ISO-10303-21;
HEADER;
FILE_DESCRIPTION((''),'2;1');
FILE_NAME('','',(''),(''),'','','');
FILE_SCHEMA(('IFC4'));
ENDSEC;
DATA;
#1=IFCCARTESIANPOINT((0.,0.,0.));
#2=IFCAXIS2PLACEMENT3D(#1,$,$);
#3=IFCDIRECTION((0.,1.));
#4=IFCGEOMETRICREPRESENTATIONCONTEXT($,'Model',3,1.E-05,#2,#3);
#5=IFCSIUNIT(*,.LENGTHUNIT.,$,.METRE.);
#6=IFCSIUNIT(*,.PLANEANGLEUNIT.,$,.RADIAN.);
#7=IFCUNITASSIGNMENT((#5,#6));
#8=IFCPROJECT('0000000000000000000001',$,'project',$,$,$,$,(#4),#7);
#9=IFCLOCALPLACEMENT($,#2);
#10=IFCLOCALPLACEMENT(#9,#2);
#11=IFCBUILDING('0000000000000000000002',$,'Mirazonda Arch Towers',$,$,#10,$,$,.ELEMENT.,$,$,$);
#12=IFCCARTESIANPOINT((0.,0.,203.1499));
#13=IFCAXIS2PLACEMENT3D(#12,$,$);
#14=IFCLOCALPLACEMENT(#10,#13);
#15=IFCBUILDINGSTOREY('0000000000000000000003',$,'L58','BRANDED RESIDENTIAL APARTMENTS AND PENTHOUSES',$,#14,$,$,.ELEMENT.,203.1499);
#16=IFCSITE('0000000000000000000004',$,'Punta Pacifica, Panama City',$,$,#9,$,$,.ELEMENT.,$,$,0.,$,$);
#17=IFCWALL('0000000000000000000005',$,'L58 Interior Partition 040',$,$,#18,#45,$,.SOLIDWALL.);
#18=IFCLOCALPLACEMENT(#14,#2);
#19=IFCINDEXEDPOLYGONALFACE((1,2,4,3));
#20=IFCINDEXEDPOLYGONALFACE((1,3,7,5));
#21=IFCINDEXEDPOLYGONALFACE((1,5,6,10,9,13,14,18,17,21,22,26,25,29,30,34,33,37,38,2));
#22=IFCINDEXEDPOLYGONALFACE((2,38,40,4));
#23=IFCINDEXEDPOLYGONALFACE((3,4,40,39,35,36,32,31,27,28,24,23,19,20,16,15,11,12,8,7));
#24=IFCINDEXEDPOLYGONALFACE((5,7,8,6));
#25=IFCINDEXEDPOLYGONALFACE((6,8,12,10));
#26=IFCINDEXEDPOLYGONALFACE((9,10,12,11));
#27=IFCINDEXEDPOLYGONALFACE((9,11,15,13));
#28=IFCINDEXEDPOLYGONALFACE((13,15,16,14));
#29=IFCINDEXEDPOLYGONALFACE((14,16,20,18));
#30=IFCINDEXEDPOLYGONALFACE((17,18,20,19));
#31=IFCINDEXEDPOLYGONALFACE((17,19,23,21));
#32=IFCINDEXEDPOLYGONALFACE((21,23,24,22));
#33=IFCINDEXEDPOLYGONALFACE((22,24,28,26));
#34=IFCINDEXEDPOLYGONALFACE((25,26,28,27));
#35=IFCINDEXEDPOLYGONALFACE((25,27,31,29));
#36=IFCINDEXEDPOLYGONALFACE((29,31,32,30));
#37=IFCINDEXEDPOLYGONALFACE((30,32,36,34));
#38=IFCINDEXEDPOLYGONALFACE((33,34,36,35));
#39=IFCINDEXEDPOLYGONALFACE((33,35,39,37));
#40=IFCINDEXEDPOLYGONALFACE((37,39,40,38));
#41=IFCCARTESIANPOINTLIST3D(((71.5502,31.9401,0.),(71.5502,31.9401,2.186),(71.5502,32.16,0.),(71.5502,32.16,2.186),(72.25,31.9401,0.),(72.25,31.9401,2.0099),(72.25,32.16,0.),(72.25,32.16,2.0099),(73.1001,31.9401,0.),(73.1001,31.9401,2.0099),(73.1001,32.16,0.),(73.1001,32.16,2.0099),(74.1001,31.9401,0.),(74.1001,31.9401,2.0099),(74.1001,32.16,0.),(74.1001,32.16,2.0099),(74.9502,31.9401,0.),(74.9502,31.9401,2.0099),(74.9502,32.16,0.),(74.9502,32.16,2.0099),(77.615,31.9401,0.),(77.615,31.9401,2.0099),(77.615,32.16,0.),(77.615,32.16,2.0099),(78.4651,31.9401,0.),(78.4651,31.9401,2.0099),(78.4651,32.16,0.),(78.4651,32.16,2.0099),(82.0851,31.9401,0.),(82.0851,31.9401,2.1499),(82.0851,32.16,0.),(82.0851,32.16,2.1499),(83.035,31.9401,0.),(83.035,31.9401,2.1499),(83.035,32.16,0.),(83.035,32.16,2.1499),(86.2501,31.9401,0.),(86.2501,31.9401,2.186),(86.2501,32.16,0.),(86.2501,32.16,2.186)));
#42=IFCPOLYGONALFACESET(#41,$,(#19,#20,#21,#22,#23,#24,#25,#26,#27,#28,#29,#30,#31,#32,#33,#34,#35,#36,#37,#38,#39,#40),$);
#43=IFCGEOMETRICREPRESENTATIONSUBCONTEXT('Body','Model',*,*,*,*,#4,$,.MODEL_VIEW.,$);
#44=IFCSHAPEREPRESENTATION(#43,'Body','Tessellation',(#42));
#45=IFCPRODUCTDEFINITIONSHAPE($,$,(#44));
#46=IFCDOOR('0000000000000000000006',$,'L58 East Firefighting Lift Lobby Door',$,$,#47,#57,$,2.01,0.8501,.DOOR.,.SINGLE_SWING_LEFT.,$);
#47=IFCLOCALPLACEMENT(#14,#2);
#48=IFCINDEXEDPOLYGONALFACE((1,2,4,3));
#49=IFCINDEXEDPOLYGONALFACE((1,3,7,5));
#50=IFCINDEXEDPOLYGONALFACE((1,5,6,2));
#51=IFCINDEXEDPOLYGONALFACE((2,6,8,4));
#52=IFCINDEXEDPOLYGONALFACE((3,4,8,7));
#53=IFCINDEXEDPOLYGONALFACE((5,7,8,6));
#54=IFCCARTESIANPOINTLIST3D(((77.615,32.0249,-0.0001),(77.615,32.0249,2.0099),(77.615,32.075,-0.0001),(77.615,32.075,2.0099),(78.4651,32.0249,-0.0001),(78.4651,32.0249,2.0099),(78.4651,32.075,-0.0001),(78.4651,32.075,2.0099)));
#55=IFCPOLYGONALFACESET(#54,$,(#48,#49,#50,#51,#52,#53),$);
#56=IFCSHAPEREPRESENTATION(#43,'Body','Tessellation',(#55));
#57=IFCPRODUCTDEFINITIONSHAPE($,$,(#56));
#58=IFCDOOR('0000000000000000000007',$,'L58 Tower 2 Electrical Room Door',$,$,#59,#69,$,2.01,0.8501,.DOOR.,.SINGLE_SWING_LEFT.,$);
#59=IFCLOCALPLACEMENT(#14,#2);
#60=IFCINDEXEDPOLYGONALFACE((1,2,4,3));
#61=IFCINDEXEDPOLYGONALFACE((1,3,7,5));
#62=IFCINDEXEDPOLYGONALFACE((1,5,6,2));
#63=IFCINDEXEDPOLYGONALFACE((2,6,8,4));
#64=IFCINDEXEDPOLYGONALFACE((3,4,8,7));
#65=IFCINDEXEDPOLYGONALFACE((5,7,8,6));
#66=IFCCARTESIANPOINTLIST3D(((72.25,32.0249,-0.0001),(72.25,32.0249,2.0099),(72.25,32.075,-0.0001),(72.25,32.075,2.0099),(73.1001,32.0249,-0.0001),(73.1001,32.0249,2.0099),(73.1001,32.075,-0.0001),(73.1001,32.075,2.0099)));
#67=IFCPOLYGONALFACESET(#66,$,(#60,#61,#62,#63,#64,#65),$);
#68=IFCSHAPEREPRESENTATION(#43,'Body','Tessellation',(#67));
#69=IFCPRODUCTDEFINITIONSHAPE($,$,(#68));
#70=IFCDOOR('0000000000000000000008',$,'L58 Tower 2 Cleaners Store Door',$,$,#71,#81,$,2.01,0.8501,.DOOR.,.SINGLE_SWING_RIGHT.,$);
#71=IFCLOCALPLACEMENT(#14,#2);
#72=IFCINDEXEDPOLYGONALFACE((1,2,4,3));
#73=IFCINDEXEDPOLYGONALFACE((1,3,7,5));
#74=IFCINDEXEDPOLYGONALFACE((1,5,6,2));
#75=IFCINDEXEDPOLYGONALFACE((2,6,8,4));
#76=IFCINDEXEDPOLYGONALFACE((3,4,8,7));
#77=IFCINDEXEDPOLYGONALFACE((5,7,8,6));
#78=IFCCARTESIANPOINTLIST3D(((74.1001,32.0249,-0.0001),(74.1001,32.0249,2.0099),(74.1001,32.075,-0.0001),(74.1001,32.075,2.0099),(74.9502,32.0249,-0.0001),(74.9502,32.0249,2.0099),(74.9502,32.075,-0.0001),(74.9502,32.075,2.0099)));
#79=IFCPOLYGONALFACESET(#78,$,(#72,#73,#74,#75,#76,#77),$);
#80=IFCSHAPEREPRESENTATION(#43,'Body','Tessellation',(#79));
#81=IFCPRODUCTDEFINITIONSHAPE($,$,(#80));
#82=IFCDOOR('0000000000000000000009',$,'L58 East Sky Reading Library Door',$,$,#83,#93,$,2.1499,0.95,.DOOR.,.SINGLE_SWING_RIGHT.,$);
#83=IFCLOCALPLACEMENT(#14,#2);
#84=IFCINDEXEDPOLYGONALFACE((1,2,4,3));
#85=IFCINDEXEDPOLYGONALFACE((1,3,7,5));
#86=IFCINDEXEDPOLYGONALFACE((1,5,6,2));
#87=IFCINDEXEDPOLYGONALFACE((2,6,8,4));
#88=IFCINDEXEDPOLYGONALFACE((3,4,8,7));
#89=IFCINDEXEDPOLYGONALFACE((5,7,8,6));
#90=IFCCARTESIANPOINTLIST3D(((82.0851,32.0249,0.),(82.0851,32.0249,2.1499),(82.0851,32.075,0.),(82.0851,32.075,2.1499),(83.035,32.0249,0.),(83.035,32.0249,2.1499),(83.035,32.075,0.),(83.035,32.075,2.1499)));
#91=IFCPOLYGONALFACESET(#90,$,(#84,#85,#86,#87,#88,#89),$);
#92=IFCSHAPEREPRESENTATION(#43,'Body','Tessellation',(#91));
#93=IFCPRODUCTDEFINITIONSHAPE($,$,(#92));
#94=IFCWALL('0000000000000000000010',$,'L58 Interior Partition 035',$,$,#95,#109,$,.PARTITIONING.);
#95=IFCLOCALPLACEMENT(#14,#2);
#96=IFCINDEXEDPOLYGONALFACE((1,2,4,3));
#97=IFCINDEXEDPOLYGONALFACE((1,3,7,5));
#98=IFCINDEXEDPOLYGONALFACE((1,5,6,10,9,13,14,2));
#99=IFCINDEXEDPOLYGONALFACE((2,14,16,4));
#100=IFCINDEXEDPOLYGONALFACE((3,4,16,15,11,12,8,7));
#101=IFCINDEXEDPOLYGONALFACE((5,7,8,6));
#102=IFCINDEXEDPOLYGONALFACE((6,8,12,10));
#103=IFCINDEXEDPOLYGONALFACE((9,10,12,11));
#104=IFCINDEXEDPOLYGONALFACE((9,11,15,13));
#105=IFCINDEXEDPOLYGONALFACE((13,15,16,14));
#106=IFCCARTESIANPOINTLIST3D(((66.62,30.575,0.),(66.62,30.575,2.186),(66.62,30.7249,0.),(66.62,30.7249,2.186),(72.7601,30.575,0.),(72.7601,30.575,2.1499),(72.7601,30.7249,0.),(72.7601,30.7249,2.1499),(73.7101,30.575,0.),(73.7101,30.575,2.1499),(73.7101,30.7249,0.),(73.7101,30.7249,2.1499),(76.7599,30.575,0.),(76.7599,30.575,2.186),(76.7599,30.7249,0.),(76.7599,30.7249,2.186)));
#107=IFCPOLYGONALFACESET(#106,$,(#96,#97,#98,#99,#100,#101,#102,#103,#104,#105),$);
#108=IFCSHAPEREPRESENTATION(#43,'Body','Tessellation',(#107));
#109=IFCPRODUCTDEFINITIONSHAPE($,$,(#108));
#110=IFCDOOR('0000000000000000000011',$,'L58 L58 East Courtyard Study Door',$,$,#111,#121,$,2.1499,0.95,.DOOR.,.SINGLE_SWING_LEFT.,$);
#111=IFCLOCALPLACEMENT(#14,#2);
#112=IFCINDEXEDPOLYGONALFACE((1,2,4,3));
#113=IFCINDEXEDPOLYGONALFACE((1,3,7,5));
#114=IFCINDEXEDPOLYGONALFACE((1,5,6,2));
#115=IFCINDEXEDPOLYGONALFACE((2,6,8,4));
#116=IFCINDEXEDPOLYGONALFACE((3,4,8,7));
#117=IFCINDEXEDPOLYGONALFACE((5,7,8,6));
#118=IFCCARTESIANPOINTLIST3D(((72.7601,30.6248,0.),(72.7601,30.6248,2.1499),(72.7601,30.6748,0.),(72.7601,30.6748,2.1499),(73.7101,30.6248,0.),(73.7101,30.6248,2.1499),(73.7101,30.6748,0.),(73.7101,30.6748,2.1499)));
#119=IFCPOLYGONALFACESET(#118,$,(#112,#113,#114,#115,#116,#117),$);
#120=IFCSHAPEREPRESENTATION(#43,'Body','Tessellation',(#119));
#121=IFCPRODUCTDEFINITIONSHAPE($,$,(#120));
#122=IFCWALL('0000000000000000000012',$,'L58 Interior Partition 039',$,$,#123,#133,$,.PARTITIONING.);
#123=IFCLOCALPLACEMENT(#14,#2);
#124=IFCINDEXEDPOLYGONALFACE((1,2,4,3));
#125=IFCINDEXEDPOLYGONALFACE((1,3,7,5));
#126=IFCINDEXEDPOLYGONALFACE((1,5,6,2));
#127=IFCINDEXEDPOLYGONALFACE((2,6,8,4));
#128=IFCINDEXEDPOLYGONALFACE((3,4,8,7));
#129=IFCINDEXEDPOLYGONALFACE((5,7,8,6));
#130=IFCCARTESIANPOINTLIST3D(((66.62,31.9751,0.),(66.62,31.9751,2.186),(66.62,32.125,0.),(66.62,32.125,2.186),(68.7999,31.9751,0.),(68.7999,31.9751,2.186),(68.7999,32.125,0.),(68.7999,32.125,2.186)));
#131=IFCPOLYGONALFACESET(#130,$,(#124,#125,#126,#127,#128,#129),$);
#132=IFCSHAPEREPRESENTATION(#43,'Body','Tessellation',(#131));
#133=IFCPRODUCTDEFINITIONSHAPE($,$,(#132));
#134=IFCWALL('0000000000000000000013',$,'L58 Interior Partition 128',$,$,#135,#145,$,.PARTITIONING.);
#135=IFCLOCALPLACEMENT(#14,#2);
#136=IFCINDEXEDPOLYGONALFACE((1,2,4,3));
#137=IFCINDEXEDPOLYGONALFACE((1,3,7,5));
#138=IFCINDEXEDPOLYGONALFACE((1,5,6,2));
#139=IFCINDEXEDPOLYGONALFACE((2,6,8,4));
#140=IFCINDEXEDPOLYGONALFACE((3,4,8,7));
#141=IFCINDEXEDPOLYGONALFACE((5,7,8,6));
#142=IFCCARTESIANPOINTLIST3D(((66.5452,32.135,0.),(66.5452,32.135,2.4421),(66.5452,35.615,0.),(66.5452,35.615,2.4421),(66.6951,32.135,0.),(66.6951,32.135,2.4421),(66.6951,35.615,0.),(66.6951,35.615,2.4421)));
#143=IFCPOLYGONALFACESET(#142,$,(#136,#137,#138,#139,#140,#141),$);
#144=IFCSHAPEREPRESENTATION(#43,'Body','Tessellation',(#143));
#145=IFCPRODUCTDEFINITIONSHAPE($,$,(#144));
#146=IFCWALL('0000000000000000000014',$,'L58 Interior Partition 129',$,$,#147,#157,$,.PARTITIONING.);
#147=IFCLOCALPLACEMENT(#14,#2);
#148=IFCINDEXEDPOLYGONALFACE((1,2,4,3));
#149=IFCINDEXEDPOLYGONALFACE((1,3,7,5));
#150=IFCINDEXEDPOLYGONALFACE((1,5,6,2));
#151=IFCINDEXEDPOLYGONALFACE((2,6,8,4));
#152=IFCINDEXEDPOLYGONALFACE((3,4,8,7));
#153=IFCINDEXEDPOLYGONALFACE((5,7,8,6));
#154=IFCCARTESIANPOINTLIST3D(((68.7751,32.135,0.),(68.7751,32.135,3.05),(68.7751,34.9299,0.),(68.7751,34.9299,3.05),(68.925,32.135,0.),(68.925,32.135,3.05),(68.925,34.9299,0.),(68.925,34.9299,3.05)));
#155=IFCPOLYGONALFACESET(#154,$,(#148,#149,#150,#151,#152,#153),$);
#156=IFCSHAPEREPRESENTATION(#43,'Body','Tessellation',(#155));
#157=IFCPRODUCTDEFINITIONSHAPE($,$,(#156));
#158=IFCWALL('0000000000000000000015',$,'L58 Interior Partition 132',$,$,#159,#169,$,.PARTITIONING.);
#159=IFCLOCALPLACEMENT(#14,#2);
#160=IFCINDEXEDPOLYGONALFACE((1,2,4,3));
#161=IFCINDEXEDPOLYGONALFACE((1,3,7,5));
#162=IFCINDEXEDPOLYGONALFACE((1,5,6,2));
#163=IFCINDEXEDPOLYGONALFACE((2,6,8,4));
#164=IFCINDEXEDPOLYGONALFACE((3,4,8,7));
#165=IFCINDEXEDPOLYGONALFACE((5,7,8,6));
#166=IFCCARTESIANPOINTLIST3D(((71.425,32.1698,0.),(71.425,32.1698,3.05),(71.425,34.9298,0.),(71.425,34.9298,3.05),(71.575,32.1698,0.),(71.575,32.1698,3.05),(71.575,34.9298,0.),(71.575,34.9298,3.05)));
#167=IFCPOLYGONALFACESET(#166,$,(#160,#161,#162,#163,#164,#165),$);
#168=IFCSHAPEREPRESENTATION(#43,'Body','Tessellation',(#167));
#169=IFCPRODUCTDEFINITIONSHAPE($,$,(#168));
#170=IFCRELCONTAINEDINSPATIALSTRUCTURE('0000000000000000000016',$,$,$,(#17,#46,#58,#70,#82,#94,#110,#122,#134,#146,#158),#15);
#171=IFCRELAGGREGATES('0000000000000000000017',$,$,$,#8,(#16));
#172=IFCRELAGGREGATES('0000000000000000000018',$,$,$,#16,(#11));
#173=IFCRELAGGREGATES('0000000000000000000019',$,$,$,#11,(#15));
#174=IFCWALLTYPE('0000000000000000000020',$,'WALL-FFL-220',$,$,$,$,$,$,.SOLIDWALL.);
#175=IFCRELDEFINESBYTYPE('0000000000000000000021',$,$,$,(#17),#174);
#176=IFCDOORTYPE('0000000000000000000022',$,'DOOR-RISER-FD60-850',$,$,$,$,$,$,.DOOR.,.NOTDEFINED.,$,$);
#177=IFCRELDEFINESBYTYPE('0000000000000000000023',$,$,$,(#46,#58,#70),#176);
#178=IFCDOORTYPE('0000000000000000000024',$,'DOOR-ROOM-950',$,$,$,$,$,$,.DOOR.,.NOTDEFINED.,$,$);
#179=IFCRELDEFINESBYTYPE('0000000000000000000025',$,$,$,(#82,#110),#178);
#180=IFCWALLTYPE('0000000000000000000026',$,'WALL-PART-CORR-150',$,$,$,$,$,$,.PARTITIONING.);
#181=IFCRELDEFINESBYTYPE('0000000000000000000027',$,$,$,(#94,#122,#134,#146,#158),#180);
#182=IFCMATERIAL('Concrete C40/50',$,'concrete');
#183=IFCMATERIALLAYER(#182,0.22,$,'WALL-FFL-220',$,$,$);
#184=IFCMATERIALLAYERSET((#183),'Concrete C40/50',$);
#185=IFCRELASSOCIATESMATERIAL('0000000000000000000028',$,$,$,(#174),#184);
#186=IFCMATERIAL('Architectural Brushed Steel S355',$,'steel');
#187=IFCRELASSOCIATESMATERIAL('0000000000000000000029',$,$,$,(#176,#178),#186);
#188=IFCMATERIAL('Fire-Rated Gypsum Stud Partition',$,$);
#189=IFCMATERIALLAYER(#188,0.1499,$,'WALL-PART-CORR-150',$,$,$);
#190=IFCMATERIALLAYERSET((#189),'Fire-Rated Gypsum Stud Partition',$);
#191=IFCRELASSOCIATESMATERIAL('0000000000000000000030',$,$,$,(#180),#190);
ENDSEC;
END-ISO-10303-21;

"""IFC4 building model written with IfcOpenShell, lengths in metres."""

from ifc_helpers import new_model, si_unit, direction, frame, frame_2d, origin, place, context, subcontext, project, spatial, rectangle, extrude, material, layer, layer_set, type_object, element, fill, save


model = new_model("IFC4")

# Units and contexts
model_context = context("Model", 3, precision=1e-05, world=origin(), true_north=direction((0.0, 1.0)))
body_context = subcontext(model_context, "Body", "Model", "MODEL_VIEW")
ifc_project = project(units=[si_unit("LENGTHUNIT", "METRE"), si_unit("PLANEANGLEUNIT", "RADIAN")], contexts=[model_context])

# Site, building, storey
site_placement = place(None, origin())
site = spatial("IfcSite", under=ifc_project, at=site_placement, Name="Punta Pacifica, Panama City", CompositionType="ELEMENT", RefElevation=0.0)
building_placement = place(site_placement, origin())
building = spatial("IfcBuilding", under=site, at=building_placement, Name="Mirazonda Arch Towers", CompositionType="ELEMENT")
storey_placement = place(building_placement, frame((0.0, 0.0, 203.1499)))
storey = spatial("IfcBuildingStorey", under=building, at=storey_placement, Name="L58", Description="BRANDED RESIDENTIAL APARTMENTS AND PENTHOUSES", CompositionType="ELEMENT", Elevation=203.1499)

# Wall, openings, doors
ifc_material_1 = material(Name="Architectural Brushed Steel S355", Category="steel")
ifc_material_2 = material(Name="Concrete C40/50", Category="concrete")
ifc_layer_1 = layer(ifc_material_2, 0.22, Name="WALL-FFL-220")
ifc_layer_set_1 = layer_set([ifc_layer_1], Name="Concrete C40/50")
wall_type_1 = type_object("IfcWallType", Name="WALL-FFL-220", PredefinedType="SOLIDWALL", material=ifc_layer_set_1)
wall_1_placement = place(storey_placement, frame((71.55, 32.05, 0.0), z_axis=(0.0, 0.0, 1.0), x_axis=(1.0, 0.0, 0.0)))
wall_1 = element("IfcWall", 1, at=wall_1_placement, inside=storey, type_object=wall_type_1, Name="L58 Interior Partition 040", PredefinedType="SOLIDWALL", context=body_context, shape_type="SweptSolid", body=[
    extrude(rectangle(XDim=14.7, YDim=0.22, at=frame_2d((7.3501, 0.0))), origin(), (0.0, 0.0, 1.0), 2.186),
])
opening_1_placement = place(wall_1_placement, frame((6.0649, 0.0, 0.0)))
opening_1 = element("IfcOpeningElement", 2, at=opening_1_placement, cuts=wall_1, PredefinedType="OPENING", context=body_context, shape_type="SweptSolid", body=[
    extrude(rectangle(XDim=0.8501, YDim=2.01, at=frame_2d((0.425, 1.0049))), frame((0.0, 0.1199, 0.0), z_axis=(0.0, -1.0, 0.0), x_axis=(1.0, 0.0, 0.0)), (0.0, 0.0, 1.0), 0.24),
])
opening_2_placement = place(wall_1_placement, frame((10.5349, 0.0, 0.0)))
opening_2 = element("IfcOpeningElement", 3, at=opening_2_placement, cuts=wall_1, PredefinedType="OPENING", context=body_context, shape_type="SweptSolid", body=[
    extrude(rectangle(XDim=0.95, YDim=2.1499, at=frame_2d((0.4751, 1.075))), frame((0.0, 0.1199, 0.0), z_axis=(0.0, -1.0, 0.0), x_axis=(1.0, 0.0, 0.0)), (0.0, 0.0, 1.0), 0.24),
])
opening_3_placement = place(wall_1_placement, frame((0.7, 0.0, 0.0)))
opening_3 = element("IfcOpeningElement", 4, at=opening_3_placement, cuts=wall_1, PredefinedType="OPENING", context=body_context, shape_type="SweptSolid", body=[
    extrude(rectangle(XDim=0.8501, YDim=2.01, at=frame_2d((0.425, 1.0049))), frame((0.0, 0.1199, 0.0), z_axis=(0.0, -1.0, 0.0), x_axis=(1.0, 0.0, 0.0)), (0.0, 0.0, 1.0), 0.24),
])
opening_4_placement = place(wall_1_placement, frame((2.55, 0.0, 0.0)))
opening_4 = element("IfcOpeningElement", 5, at=opening_4_placement, cuts=wall_1, PredefinedType="OPENING", context=body_context, shape_type="SweptSolid", body=[
    extrude(rectangle(XDim=0.8501, YDim=2.01, at=frame_2d((0.425, 1.0049))), frame((0.0, 0.1199, 0.0), z_axis=(0.0, -1.0, 0.0), x_axis=(1.0, 0.0, 0.0)), (0.0, 0.0, 1.0), 0.24),
])
door_type_1 = type_object("IfcDoorType", Name="DOOR-RISER-FD60-850", OperationType="NOTDEFINED", PredefinedType="DOOR", material=ifc_material_1)
door_1_placement = place(opening_1_placement, origin())
door_1 = element("IfcDoor", 6, at=door_1_placement, inside=storey, type_object=door_type_1, Name="L58 East Firefighting Lift Lobby Door", OperationType="SINGLE_SWING_LEFT", OverallHeight=2.01, OverallWidth=0.8501, PredefinedType="DOOR", context=body_context, shape_type="SweptSolid", body=[
    extrude(rectangle(XDim=0.8501, YDim=2.01, at=frame_2d((0.425, 1.0049))), frame((0.0, 0.0249, 0.0), z_axis=(0.0, -1.0, 0.0), x_axis=(1.0, 0.0, 0.0)), (0.0, 0.0, 1.0), 0.05),
])
fill(opening_1, door_1)
door_2_placement = place(opening_3_placement, origin())
door_2 = element("IfcDoor", 7, at=door_2_placement, inside=storey, type_object=door_type_1, Name="L58 Tower 2 Electrical Room Door", OperationType="SINGLE_SWING_LEFT", OverallHeight=2.01, OverallWidth=0.8501, PredefinedType="DOOR", context=body_context, shape_type="SweptSolid", body=[
    extrude(rectangle(XDim=0.8501, YDim=2.01, at=frame_2d((0.425, 1.0049))), frame((0.0, 0.0249, 0.0), z_axis=(0.0, -1.0, 0.0), x_axis=(1.0, 0.0, 0.0)), (0.0, 0.0, 1.0), 0.05),
])
fill(opening_3, door_2)
door_3_placement = place(opening_4_placement, origin())
door_3 = element("IfcDoor", 8, at=door_3_placement, inside=storey, type_object=door_type_1, Name="L58 Tower 2 Cleaners Store Door", OperationType="SINGLE_SWING_RIGHT", OverallHeight=2.01, OverallWidth=0.8501, PredefinedType="DOOR", context=body_context, shape_type="SweptSolid", body=[
    extrude(rectangle(XDim=0.8501, YDim=2.01, at=frame_2d((0.425, 1.0049))), frame((0.0, 0.0249, 0.0), z_axis=(0.0, -1.0, 0.0), x_axis=(1.0, 0.0, 0.0)), (0.0, 0.0, 1.0), 0.05),
])
fill(opening_4, door_3)
door_type_2 = type_object("IfcDoorType", Name="DOOR-ROOM-950", OperationType="NOTDEFINED", PredefinedType="DOOR", material=ifc_material_1)
door_4_placement = place(opening_2_placement, origin())
door_4 = element("IfcDoor", 9, at=door_4_placement, inside=storey, type_object=door_type_2, Name="L58 East Sky Reading Library Door", OperationType="SINGLE_SWING_RIGHT", OverallHeight=2.1499, OverallWidth=0.95, PredefinedType="DOOR", context=body_context, shape_type="SweptSolid", body=[
    extrude(rectangle(XDim=0.95, YDim=2.1499, at=frame_2d((0.4751, 1.075))), frame((0.0, 0.0249, 0.0), z_axis=(0.0, -1.0, 0.0), x_axis=(1.0, 0.0, 0.0)), (0.0, 0.0, 1.0), 0.05),
])
fill(opening_2, door_4)

# Wall, opening, door
ifc_material_3 = material(Name="Fire-Rated Gypsum Stud Partition")
ifc_layer_2 = layer(ifc_material_3, 0.1499, Name="WALL-PART-CORR-150")
ifc_layer_set_2 = layer_set([ifc_layer_2], Name="Fire-Rated Gypsum Stud Partition")
wall_type_2 = type_object("IfcWallType", Name="WALL-PART-CORR-150", PredefinedType="PARTITIONING", material=ifc_layer_set_2)
wall_2_placement = place(storey_placement, frame((66.6201, 30.6499, 0.0), z_axis=(0.0, 0.0, 1.0), x_axis=(1.0, 0.0, 0.0)))
wall_2 = element("IfcWall", 10, at=wall_2_placement, inside=storey, type_object=wall_type_2, Name="L58 Interior Partition 035", PredefinedType="PARTITIONING", context=body_context, shape_type="SweptSolid", body=[
    extrude(rectangle(XDim=10.1399, YDim=0.1499, at=frame_2d((5.0698, 0.0))), origin(), (0.0, 0.0, 1.0), 2.186),
])
opening_5_placement = place(wall_2_placement, frame((6.1399, 0.0, 0.0)))
opening_5 = element("IfcOpeningElement", 11, at=opening_5_placement, cuts=wall_2, PredefinedType="OPENING", context=body_context, shape_type="SweptSolid", body=[
    extrude(rectangle(XDim=0.95, YDim=2.1499, at=frame_2d((0.4751, 1.075))), frame((0.0, 0.085, 0.0), z_axis=(0.0, -1.0, 0.0), x_axis=(1.0, 0.0, 0.0)), (0.0, 0.0, 1.0), 0.1699),
])
door_5_placement = place(opening_5_placement, origin())
door_5 = element("IfcDoor", 12, at=door_5_placement, inside=storey, type_object=door_type_2, Name="L58 L58 East Courtyard Study Door", OperationType="SINGLE_SWING_LEFT", OverallHeight=2.1499, OverallWidth=0.95, PredefinedType="DOOR", context=body_context, shape_type="SweptSolid", body=[
    extrude(rectangle(XDim=0.95, YDim=2.1499, at=frame_2d((0.4751, 1.075))), frame((0.0, 0.0249, 0.0), z_axis=(0.0, -1.0, 0.0), x_axis=(1.0, 0.0, 0.0)), (0.0, 0.0, 1.0), 0.05),
])
fill(opening_5, door_5)

# Walls
wall_3_placement = place(storey_placement, frame((66.6201, 32.05, 0.0), z_axis=(0.0, 0.0, 1.0), x_axis=(1.0, 0.0, 0.0)))
element("IfcWall", 13, at=wall_3_placement, inside=storey, type_object=wall_type_2, Name="L58 Interior Partition 039", PredefinedType="PARTITIONING", context=body_context, shape_type="SweptSolid", body=[
    extrude(rectangle(XDim=2.1799, YDim=0.1499, at=frame_2d((1.0898, 0.0))), origin(), (0.0, 0.0, 1.0), 2.186),
])
wall_4_placement = place(storey_placement, frame((66.6201, 32.135, 0.0), z_axis=(0.0, 0.0, 1.0), x_axis=(0.0, 1.0, 0.0)))
element("IfcWall", 14, at=wall_4_placement, inside=storey, type_object=wall_type_2, Name="L58 Interior Partition 128", PredefinedType="PARTITIONING", context=body_context, shape_type="SweptSolid", body=[
    extrude(rectangle(XDim=3.48, YDim=0.1499, at=frame_2d((1.74, 0.0))), origin(), (0.0, 0.0, 1.0), 2.4421),
])
wall_5_placement = place(storey_placement, frame((68.8501, 32.135, 0.0), z_axis=(0.0, 0.0, 1.0), x_axis=(0.0, 1.0, 0.0)))
element("IfcWall", 15, at=wall_5_placement, inside=storey, type_object=wall_type_2, Name="L58 Interior Partition 129", PredefinedType="PARTITIONING", context=body_context, shape_type="SweptSolid", body=[
    extrude(rectangle(XDim=2.7949, YDim=0.1499, at=frame_2d((1.3975, 0.0))), origin(), (0.0, 0.0, 1.0), 3.05),
])
wall_6_placement = place(storey_placement, frame((71.5, 32.1699, 0.0), z_axis=(0.0, 0.0, 1.0), x_axis=(0.0, 1.0, 0.0)))
element("IfcWall", 16, at=wall_6_placement, inside=storey, type_object=wall_type_2, Name="L58 Interior Partition 132", PredefinedType="PARTITIONING", context=body_context, shape_type="SweptSolid", body=[
    extrude(rectangle(XDim=2.76, YDim=0.1499, at=frame_2d((1.3799, 0.0))), origin(), (0.0, 0.0, 1.0), 3.05),
])

save(model, "model.ifc")
